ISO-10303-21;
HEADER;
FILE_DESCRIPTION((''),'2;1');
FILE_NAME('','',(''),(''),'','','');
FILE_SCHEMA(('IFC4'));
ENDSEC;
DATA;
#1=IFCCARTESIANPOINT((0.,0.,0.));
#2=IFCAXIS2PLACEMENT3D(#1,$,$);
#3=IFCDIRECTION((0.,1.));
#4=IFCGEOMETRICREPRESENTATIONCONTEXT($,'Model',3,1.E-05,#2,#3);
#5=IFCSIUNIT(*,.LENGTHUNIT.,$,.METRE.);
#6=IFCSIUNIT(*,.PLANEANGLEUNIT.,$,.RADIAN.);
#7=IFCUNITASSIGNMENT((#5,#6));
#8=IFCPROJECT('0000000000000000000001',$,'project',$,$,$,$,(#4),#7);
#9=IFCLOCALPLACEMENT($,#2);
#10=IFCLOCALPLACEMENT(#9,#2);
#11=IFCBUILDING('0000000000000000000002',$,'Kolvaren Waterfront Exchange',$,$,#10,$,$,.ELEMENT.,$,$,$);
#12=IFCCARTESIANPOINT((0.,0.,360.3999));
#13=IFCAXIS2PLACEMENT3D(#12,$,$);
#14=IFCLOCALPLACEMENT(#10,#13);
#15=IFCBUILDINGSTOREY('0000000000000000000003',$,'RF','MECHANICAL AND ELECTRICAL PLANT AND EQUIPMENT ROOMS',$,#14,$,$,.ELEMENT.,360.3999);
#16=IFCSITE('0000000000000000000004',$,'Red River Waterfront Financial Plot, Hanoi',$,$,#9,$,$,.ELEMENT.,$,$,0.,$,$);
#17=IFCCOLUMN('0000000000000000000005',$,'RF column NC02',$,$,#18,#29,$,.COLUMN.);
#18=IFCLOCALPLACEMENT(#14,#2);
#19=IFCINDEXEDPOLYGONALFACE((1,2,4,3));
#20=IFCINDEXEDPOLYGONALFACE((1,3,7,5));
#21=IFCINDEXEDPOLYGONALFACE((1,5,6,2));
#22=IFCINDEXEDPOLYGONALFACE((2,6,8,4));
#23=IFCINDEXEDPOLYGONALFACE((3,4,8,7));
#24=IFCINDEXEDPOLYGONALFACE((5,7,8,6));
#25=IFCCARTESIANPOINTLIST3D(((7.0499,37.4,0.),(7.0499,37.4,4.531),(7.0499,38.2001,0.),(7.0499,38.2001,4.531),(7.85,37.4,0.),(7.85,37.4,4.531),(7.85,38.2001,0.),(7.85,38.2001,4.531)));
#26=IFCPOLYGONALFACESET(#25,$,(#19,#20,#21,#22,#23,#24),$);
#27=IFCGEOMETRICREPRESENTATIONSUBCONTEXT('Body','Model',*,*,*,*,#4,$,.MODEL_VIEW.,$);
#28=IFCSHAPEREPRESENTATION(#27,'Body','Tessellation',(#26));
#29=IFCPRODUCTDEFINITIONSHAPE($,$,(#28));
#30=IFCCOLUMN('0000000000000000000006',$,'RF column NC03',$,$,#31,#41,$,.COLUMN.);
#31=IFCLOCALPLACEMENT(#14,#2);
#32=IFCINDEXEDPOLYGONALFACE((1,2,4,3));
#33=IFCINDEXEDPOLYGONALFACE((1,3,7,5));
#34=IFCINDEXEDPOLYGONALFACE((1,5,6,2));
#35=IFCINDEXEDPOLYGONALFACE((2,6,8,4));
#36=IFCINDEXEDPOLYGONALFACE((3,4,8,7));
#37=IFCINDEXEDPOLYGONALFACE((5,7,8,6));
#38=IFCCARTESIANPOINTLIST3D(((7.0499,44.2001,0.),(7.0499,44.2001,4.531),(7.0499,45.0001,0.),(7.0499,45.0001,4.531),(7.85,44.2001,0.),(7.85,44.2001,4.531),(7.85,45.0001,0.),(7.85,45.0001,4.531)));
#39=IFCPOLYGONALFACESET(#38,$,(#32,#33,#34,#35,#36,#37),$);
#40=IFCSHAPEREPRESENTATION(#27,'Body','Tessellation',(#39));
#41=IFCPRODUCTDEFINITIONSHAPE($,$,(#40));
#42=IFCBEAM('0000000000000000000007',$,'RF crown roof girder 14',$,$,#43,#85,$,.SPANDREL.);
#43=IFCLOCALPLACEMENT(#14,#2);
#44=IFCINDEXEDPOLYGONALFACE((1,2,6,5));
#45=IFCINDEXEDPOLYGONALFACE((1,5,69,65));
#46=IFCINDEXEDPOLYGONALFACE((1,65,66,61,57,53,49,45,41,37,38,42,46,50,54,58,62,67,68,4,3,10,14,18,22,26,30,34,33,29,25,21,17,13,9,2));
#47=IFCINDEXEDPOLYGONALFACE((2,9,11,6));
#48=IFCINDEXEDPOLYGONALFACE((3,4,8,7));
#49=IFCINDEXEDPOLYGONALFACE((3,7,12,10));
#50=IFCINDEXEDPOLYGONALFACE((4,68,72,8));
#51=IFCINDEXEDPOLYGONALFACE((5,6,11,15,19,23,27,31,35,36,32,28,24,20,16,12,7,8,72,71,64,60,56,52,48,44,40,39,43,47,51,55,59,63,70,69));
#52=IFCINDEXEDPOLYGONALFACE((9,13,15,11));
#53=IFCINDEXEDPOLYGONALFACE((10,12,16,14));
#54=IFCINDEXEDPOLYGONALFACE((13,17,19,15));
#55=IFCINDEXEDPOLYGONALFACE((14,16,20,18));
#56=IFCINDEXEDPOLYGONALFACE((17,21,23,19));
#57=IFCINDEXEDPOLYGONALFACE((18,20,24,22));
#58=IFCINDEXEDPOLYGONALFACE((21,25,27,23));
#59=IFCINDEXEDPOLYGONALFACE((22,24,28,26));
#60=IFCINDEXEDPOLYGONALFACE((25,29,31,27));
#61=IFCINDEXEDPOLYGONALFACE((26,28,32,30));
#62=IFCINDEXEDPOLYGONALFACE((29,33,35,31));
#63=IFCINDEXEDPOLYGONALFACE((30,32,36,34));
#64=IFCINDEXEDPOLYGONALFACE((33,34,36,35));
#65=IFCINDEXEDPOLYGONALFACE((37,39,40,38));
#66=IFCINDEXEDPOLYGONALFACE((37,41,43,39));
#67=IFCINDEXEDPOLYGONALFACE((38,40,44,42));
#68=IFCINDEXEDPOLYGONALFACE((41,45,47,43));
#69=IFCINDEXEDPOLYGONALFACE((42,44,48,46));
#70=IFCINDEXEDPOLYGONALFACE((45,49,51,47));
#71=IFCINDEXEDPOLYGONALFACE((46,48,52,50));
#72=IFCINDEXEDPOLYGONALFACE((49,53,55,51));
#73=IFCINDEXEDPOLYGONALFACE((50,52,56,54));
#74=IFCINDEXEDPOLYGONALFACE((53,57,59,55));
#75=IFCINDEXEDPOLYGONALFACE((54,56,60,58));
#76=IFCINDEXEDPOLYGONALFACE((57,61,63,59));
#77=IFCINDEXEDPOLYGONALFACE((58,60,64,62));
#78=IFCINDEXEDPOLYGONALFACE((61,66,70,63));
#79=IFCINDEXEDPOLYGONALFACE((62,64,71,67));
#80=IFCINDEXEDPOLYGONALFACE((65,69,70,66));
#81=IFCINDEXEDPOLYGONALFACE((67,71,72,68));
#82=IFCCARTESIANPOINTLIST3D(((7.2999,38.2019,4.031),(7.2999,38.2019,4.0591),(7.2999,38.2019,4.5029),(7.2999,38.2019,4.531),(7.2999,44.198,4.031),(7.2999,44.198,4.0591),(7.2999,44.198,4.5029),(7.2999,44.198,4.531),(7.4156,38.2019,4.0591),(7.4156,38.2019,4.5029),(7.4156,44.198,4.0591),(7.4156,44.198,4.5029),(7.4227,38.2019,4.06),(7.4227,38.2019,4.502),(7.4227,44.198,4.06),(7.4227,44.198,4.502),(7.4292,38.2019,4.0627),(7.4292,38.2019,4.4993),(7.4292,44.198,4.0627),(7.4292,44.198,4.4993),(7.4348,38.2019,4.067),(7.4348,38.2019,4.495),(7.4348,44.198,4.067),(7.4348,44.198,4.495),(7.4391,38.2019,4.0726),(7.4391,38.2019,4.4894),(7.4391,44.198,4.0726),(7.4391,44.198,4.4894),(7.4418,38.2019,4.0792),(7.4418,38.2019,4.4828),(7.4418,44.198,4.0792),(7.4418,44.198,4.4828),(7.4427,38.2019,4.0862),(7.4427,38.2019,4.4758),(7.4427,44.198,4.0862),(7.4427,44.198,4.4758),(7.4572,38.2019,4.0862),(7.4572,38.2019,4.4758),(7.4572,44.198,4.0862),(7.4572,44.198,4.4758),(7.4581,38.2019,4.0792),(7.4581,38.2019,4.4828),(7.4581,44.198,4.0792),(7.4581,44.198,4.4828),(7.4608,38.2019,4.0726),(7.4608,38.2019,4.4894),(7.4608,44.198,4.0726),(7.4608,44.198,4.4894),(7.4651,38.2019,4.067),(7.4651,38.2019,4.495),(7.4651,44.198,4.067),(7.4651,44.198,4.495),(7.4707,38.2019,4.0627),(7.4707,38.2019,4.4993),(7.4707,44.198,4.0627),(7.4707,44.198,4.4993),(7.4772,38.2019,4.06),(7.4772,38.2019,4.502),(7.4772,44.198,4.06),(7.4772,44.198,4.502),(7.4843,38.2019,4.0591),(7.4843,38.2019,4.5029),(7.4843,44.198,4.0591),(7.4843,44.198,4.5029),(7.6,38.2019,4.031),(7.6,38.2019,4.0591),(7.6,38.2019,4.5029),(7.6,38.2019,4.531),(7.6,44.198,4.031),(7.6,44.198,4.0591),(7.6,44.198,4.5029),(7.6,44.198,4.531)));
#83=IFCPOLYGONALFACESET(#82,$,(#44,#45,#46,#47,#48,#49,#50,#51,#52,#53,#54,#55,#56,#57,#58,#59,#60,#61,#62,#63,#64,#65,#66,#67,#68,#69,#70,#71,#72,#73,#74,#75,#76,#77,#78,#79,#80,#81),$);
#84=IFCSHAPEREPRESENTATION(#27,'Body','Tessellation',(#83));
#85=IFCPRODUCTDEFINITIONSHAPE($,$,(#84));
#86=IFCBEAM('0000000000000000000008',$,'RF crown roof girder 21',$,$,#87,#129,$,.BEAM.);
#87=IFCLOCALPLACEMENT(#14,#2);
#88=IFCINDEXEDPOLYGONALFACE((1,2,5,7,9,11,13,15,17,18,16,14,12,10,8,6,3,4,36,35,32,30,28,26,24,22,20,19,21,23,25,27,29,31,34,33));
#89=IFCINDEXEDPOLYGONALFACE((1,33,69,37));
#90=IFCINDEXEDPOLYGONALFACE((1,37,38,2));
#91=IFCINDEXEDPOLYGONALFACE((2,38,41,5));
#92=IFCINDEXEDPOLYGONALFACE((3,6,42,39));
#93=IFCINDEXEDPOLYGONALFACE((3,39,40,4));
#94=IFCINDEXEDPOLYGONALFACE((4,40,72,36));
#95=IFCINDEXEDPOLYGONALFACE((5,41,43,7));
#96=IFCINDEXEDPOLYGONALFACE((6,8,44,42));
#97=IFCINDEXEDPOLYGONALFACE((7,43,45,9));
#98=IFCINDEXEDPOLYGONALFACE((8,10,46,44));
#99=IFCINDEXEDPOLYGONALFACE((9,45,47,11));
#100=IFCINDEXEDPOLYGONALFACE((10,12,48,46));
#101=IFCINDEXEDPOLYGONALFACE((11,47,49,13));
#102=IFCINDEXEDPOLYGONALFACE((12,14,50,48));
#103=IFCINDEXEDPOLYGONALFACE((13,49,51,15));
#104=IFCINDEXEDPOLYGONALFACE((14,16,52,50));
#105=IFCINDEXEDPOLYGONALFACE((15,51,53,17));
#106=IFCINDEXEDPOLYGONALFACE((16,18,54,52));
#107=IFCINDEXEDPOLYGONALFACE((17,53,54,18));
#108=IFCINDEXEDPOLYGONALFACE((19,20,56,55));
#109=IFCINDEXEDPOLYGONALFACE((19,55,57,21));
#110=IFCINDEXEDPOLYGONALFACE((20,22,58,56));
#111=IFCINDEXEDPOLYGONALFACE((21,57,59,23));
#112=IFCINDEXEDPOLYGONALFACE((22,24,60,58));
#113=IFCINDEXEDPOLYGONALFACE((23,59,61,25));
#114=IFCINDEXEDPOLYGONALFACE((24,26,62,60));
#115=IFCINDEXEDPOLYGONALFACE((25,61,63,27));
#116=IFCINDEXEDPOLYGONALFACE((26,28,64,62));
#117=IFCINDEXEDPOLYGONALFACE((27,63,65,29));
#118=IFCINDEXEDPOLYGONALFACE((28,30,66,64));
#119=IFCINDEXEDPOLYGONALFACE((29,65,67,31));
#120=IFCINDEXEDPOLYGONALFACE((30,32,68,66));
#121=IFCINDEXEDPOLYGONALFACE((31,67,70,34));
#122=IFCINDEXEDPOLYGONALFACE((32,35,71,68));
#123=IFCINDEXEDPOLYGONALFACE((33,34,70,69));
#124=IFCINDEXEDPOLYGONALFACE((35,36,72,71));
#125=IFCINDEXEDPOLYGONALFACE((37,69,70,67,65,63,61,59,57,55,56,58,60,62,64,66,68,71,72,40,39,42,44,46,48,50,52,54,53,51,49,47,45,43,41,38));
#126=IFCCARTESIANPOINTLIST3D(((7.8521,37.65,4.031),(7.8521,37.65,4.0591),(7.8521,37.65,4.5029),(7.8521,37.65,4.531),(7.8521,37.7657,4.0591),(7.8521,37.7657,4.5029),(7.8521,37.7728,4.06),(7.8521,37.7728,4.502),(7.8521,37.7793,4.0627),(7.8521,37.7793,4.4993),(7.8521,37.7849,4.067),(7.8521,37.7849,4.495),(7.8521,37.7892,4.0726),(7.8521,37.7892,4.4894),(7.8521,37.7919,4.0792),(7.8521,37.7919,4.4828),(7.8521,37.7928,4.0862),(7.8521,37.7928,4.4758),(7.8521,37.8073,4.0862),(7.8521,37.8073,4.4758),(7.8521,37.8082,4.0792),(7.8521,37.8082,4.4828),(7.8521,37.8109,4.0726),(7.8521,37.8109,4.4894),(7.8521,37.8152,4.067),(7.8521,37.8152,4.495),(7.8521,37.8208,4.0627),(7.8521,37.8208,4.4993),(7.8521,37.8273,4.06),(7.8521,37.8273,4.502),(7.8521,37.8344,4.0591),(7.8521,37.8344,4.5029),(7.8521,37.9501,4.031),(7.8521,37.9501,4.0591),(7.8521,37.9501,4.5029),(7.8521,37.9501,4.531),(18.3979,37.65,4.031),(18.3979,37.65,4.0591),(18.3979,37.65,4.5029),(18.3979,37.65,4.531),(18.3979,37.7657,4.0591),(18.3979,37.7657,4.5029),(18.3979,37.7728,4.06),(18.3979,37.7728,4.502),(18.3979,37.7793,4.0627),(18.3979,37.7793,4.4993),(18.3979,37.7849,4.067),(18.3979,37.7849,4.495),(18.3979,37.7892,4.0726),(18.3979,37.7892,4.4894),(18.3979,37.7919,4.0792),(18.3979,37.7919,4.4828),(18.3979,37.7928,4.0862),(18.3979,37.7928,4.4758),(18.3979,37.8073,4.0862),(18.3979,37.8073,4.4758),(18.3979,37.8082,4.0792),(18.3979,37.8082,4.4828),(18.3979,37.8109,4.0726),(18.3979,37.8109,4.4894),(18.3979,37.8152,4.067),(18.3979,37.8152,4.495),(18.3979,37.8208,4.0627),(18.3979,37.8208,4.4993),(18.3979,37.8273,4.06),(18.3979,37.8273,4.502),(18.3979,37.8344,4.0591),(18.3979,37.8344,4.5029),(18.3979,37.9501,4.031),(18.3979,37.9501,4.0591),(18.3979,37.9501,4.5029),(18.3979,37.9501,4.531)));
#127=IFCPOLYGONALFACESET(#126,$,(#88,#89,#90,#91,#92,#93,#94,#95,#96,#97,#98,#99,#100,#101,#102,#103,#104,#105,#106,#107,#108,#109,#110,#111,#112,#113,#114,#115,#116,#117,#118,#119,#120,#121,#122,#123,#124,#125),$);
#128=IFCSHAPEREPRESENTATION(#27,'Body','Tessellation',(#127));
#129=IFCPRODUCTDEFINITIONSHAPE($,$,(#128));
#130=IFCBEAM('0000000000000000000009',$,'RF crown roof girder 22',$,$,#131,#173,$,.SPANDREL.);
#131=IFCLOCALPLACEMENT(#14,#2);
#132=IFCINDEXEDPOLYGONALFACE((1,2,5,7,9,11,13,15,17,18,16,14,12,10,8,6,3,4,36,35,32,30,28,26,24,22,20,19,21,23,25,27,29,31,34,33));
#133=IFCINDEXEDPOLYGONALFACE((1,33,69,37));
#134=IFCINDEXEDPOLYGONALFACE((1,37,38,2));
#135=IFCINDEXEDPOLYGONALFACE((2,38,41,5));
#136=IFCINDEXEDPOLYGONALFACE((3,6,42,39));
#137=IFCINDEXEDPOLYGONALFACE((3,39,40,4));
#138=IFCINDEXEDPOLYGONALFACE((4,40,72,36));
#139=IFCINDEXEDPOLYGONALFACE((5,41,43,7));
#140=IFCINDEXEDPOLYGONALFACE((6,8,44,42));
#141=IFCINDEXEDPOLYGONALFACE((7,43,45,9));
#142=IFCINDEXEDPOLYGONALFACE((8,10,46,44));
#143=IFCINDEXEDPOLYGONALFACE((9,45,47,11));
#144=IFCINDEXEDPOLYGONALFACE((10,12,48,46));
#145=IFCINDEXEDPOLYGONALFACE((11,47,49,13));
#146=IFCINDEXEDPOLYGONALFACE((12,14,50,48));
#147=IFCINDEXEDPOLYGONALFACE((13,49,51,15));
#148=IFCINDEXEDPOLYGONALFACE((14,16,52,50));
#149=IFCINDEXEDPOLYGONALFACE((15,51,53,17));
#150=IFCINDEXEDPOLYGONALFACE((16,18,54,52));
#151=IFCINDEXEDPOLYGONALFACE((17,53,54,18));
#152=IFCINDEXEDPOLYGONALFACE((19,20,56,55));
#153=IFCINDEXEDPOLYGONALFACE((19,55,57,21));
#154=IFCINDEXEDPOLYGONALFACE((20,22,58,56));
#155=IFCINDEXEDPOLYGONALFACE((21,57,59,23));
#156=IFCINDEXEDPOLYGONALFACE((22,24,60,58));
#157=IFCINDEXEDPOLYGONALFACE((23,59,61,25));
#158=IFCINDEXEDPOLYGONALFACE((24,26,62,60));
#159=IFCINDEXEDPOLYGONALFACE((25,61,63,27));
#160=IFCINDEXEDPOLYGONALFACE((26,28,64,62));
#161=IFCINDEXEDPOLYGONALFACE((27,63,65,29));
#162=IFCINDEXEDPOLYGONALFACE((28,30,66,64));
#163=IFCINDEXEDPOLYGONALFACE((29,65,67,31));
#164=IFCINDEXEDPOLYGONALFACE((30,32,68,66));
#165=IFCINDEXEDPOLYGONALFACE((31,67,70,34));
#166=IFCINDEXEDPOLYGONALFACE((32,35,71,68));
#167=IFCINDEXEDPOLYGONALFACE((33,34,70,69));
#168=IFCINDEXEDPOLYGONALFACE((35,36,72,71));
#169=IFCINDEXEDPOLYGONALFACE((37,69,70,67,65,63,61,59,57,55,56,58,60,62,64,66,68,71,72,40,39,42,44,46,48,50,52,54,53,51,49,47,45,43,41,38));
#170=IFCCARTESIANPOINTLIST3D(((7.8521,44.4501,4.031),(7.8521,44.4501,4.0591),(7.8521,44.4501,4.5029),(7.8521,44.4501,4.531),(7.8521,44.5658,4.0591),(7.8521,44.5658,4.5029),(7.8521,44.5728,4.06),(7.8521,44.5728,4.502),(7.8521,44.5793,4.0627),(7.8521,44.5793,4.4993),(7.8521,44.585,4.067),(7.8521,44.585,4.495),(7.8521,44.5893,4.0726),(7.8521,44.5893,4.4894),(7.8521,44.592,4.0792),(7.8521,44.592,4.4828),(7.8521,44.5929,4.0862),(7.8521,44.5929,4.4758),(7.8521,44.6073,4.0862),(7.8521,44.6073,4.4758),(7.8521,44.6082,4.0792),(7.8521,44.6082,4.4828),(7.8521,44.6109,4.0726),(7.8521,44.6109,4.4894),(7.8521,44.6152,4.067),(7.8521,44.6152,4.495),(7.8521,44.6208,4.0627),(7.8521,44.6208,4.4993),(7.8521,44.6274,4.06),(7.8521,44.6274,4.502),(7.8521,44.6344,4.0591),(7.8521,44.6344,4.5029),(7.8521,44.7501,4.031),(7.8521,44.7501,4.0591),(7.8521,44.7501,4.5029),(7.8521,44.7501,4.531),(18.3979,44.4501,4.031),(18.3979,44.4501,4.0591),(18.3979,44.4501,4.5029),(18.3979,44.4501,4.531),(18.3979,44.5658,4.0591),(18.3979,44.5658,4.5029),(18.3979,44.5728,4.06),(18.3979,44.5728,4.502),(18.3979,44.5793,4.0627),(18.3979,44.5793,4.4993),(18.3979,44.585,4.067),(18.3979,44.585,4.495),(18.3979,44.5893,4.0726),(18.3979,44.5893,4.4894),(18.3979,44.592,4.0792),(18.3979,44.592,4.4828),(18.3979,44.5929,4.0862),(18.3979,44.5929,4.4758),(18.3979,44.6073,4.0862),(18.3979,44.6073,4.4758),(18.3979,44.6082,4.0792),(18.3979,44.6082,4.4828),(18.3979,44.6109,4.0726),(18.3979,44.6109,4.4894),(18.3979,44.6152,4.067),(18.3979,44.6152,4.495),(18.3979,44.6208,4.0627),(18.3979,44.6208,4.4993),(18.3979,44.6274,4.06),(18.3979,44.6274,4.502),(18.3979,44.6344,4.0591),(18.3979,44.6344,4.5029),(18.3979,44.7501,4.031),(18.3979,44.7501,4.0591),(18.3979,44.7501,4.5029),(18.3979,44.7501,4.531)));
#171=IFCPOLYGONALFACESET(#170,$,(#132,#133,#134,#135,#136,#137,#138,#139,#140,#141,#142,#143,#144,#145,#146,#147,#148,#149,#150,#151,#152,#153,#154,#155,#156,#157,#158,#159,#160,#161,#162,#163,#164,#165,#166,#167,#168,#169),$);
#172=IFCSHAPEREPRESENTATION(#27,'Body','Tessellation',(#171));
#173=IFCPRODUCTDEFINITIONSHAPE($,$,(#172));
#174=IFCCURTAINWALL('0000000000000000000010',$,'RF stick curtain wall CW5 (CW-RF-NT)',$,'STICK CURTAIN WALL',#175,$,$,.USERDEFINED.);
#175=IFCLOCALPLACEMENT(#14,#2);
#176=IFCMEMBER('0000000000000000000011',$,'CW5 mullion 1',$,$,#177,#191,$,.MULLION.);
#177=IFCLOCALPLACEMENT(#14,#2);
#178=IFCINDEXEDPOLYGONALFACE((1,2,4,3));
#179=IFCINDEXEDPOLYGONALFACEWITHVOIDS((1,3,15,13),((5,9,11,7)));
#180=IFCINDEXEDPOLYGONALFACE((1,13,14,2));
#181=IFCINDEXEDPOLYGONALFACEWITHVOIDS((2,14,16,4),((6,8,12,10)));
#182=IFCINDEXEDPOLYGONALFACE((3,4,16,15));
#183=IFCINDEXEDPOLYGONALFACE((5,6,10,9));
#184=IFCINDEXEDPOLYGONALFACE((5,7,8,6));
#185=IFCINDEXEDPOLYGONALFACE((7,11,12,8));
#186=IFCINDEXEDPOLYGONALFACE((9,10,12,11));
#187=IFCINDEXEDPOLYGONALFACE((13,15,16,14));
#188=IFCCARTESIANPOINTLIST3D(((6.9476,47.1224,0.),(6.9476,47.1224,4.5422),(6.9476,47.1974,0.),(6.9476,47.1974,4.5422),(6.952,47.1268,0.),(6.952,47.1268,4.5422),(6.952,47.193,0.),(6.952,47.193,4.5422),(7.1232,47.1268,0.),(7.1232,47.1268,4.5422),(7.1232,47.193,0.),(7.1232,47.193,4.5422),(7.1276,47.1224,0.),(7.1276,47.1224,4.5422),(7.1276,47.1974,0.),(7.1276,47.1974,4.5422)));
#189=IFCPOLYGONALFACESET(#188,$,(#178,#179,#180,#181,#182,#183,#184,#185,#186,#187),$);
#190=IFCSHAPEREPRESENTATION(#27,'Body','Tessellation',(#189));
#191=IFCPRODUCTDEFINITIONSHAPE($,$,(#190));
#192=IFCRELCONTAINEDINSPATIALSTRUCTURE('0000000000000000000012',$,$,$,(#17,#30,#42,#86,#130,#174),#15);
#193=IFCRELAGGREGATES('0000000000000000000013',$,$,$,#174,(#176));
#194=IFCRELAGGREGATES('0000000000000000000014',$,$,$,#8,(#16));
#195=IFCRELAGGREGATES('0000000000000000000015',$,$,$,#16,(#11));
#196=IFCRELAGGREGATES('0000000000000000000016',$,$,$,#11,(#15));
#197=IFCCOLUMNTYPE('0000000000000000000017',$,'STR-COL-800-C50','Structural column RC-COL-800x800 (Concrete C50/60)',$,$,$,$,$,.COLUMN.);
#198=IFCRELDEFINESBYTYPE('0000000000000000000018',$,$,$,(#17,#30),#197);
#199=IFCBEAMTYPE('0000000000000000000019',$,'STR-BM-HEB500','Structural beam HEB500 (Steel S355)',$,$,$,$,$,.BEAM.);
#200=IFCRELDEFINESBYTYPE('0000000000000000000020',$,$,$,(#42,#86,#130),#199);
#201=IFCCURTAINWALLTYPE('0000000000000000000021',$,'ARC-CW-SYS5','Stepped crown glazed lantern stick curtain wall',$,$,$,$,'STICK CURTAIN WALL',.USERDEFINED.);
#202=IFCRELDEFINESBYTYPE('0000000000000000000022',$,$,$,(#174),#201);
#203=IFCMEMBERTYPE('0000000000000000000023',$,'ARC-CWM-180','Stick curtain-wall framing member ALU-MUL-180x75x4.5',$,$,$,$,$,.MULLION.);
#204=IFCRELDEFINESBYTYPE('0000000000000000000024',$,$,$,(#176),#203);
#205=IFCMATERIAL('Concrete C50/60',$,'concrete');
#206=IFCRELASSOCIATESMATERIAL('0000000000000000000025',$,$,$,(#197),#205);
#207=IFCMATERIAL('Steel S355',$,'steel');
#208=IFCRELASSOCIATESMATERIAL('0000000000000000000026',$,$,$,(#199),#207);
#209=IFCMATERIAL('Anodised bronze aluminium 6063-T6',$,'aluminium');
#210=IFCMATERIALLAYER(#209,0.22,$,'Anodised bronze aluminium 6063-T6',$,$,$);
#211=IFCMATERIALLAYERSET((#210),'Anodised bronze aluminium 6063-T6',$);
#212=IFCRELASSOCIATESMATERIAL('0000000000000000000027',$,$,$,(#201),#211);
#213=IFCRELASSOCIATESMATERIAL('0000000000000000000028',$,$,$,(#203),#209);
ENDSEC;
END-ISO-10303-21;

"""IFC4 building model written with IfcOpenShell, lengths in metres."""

from ifc_helpers import new_model, si_unit, direction, frame, origin, origin_with_axes, origin_2d, place, context, subcontext, project, spatial, rectangle, hollow_rectangle, i_section, extrude, source, transform, mapped, material, layer, layer_set, material_profile, profile_set, type_object, element, aggregate, save


model = new_model("IFC4")

# Units and contexts
model_context = context("Model", 3, precision=1e-05, world=origin(), true_north=direction((0.0, 1.0)))
body_context = subcontext(model_context, "Body", "Model", "MODEL_VIEW")
ifc_project = project(units=[si_unit("LENGTHUNIT", "METRE"), si_unit("PLANEANGLEUNIT", "RADIAN")], contexts=[model_context])

# Site, building, storey
site_placement = place(None, origin())
site = spatial("IfcSite", under=ifc_project, at=site_placement, Name="Red River Waterfront Financial Plot, Hanoi", CompositionType="ELEMENT", RefElevation=0.0)
building_placement = place(site_placement, origin())
building = spatial("IfcBuilding", under=site, at=building_placement, Name="Kolvaren Waterfront Exchange", CompositionType="ELEMENT")
storey_placement = place(building_placement, frame((0.0, 0.0, 360.3999)))
storey = spatial("IfcBuildingStorey", under=building, at=storey_placement, Name="RF", Description="MECHANICAL AND ELECTRICAL PLANT AND EQUIPMENT ROOMS", CompositionType="ELEMENT", Elevation=360.3999)

# Columns
ifc_material_1 = material(Name="Concrete C50/60", Category="concrete")
ifc_material_profile_1 = material_profile(ifc_material_1, rectangle(XDim=0.8, YDim=0.8, at=origin_2d()), Name="RC-COL-800x800")
ifc_profile_set_1 = profile_set([ifc_material_profile_1], Name="Concrete C50/60")
column_type = type_object("IfcColumnType", Name="STR-COL-800-C50", Description="Structural column RC-COL-800x800 (Concrete C50/60)", PredefinedType="COLUMN", material=ifc_profile_set_1)
for number, where, z_axis, x_axis, name in (
    (1, (7.45, 37.8, 0.0), (0.0, 0.0, 1.0), (1.0, 0.0, 0.0), "RF column NC02"),
    (2, (7.45, 44.6001, 0.0), (0.0, 0.0, 1.0), (1.0, 0.0, 0.0), "RF column NC03"),
):
    element("IfcColumn", number, at=place(storey_placement, frame(where, z_axis=z_axis, x_axis=x_axis)), inside=storey, type_object=column_type, Name=name, PredefinedType="COLUMN", context=body_context, shape_type="SweptSolid", body=[
        extrude(rectangle(XDim=0.8, YDim=0.8, at=origin_2d()), origin(), (0.0, 0.0, 1.0), 4.531),
    ])

# Beams
ifc_material_2 = material(Name="Steel S355", Category="steel")
ifc_material_profile_2 = material_profile(ifc_material_2, i_section(OverallWidth=0.3, OverallDepth=0.5, WebThickness=0.0144, FlangeThickness=0.0281, FilletRadius=0.0271, at=origin_2d()), Name="HEB500")
ifc_profile_set_2 = profile_set([ifc_material_profile_2], Name="Steel S355")
beam_type = type_object("IfcBeamType", Name="STR-BM-HEB500", Description="Structural beam HEB500 (Steel S355)", PredefinedType="BEAM", material=ifc_profile_set_2)
beam_1_placement = place(storey_placement, frame((7.45, 38.2019, 4.281), z_axis=(0.0, 1.0, 0.0), x_axis=(-1.0, 0.0, 0.0)))
element("IfcBeam", 3, at=beam_1_placement, inside=storey, type_object=beam_type, Name="RF crown roof girder 14", PredefinedType="SPANDREL", context=body_context, shape_type="SweptSolid", body=[
    extrude(i_section(OverallWidth=0.3, OverallDepth=0.5, WebThickness=0.0144, FlangeThickness=0.0281, FilletRadius=0.0271, at=origin_2d()), origin(), (0.0, 0.0, 1.0), 5.9961),
])
beam_2_placement = place(storey_placement, frame((7.8521, 37.8, 4.281), z_axis=(1.0, 0.0, 0.0), x_axis=(0.0, 1.0, 0.0)))
element("IfcBeam", 4, at=beam_2_placement, inside=storey, type_object=beam_type, Name="RF crown roof girder 21", PredefinedType="BEAM", context=body_context, shape_type="SweptSolid", body=[
    extrude(i_section(OverallWidth=0.3, OverallDepth=0.5, WebThickness=0.0144, FlangeThickness=0.0281, FilletRadius=0.0271, at=origin_2d()), origin(), (0.0, 0.0, 1.0), 10.5459),
])
beam_3_placement = place(storey_placement, frame((7.8521, 44.6001, 4.281), z_axis=(1.0, 0.0, 0.0), x_axis=(0.0, 1.0, 0.0)))
element("IfcBeam", 5, at=beam_3_placement, inside=storey, type_object=beam_type, Name="RF crown roof girder 22", PredefinedType="SPANDREL", context=body_context, shape_type="SweptSolid", body=[
    extrude(i_section(OverallWidth=0.3, OverallDepth=0.5, WebThickness=0.0144, FlangeThickness=0.0281, FilletRadius=0.0271, at=origin_2d()), origin(), (0.0, 0.0, 1.0), 10.5459),
])

# Curtain wall, member
ifc_material_3 = material(Name="Anodised bronze aluminium 6063-T6", Category="aluminium")
ifc_layer_1 = layer(ifc_material_3, 0.22, Name="Anodised bronze aluminium 6063-T6")
ifc_layer_set_1 = layer_set([ifc_layer_1], Name="Anodised bronze aluminium 6063-T6")
curtain_wall_type = type_object("IfcCurtainWallType", Name="ARC-CW-SYS5", Description="Stepped crown glazed lantern stick curtain wall", ElementType="STICK CURTAIN WALL", PredefinedType="USERDEFINED", material=ifc_layer_set_1)
curtain_wall_1_placement = place(storey_placement, origin())
curtain_wall_1 = element("IfcCurtainWall", 6, at=curtain_wall_1_placement, inside=storey, type_object=curtain_wall_type, Name="RF stick curtain wall CW5 (CW-RF-NT)", ObjectType="STICK CURTAIN WALL", PredefinedType="USERDEFINED")
ifc_material_profile_3 = material_profile(ifc_material_3, hollow_rectangle(XDim=0.075, YDim=0.1799, WallThickness=0.0044, at=origin_2d()), Name="ALU-MUL-180x75x4.5")
ifc_profile_set_3 = profile_set([ifc_material_profile_3], Name="Anodised bronze aluminium 6063-T6")
member_type_1 = type_object("IfcMemberType", Name="ARC-CWM-180", Description="Stick curtain-wall framing member ALU-MUL-180x75x4.5", PredefinedType="MULLION", material=ifc_profile_set_3)
shared_shape_1 = source(origin_with_axes(), body_context, "Body", "SweptSolid", [
    extrude(hollow_rectangle(XDim=0.075, YDim=0.1799, WallThickness=0.0044, at=origin_2d()), origin(), (0.0, 0.0, 1.0), 4.5422),
])
member_1_placement = place(storey_placement, frame((7.0376, 47.1599, 0.0), z_axis=(0.0, 0.0, 1.0), x_axis=(0.0, 1.0, 0.0)))
member_1 = element("IfcMember", 7, at=member_1_placement, type_object=member_type_1, Name="CW5 mullion 1", PredefinedType="MULLION", context=body_context, shape_type="MappedRepresentation", body=[
    mapped(shared_shape_1, transform((0.0, 0.0, 0.0), x_axis=(1.0, 0.0, 0.0), y_axis=(0.0, 1.0, 0.0), z_axis=(0.0, 0.0, 1.0), scale=1.0)),
])

aggregate(curtain_wall_1, [member_1])

save(model, "model.ifc")
